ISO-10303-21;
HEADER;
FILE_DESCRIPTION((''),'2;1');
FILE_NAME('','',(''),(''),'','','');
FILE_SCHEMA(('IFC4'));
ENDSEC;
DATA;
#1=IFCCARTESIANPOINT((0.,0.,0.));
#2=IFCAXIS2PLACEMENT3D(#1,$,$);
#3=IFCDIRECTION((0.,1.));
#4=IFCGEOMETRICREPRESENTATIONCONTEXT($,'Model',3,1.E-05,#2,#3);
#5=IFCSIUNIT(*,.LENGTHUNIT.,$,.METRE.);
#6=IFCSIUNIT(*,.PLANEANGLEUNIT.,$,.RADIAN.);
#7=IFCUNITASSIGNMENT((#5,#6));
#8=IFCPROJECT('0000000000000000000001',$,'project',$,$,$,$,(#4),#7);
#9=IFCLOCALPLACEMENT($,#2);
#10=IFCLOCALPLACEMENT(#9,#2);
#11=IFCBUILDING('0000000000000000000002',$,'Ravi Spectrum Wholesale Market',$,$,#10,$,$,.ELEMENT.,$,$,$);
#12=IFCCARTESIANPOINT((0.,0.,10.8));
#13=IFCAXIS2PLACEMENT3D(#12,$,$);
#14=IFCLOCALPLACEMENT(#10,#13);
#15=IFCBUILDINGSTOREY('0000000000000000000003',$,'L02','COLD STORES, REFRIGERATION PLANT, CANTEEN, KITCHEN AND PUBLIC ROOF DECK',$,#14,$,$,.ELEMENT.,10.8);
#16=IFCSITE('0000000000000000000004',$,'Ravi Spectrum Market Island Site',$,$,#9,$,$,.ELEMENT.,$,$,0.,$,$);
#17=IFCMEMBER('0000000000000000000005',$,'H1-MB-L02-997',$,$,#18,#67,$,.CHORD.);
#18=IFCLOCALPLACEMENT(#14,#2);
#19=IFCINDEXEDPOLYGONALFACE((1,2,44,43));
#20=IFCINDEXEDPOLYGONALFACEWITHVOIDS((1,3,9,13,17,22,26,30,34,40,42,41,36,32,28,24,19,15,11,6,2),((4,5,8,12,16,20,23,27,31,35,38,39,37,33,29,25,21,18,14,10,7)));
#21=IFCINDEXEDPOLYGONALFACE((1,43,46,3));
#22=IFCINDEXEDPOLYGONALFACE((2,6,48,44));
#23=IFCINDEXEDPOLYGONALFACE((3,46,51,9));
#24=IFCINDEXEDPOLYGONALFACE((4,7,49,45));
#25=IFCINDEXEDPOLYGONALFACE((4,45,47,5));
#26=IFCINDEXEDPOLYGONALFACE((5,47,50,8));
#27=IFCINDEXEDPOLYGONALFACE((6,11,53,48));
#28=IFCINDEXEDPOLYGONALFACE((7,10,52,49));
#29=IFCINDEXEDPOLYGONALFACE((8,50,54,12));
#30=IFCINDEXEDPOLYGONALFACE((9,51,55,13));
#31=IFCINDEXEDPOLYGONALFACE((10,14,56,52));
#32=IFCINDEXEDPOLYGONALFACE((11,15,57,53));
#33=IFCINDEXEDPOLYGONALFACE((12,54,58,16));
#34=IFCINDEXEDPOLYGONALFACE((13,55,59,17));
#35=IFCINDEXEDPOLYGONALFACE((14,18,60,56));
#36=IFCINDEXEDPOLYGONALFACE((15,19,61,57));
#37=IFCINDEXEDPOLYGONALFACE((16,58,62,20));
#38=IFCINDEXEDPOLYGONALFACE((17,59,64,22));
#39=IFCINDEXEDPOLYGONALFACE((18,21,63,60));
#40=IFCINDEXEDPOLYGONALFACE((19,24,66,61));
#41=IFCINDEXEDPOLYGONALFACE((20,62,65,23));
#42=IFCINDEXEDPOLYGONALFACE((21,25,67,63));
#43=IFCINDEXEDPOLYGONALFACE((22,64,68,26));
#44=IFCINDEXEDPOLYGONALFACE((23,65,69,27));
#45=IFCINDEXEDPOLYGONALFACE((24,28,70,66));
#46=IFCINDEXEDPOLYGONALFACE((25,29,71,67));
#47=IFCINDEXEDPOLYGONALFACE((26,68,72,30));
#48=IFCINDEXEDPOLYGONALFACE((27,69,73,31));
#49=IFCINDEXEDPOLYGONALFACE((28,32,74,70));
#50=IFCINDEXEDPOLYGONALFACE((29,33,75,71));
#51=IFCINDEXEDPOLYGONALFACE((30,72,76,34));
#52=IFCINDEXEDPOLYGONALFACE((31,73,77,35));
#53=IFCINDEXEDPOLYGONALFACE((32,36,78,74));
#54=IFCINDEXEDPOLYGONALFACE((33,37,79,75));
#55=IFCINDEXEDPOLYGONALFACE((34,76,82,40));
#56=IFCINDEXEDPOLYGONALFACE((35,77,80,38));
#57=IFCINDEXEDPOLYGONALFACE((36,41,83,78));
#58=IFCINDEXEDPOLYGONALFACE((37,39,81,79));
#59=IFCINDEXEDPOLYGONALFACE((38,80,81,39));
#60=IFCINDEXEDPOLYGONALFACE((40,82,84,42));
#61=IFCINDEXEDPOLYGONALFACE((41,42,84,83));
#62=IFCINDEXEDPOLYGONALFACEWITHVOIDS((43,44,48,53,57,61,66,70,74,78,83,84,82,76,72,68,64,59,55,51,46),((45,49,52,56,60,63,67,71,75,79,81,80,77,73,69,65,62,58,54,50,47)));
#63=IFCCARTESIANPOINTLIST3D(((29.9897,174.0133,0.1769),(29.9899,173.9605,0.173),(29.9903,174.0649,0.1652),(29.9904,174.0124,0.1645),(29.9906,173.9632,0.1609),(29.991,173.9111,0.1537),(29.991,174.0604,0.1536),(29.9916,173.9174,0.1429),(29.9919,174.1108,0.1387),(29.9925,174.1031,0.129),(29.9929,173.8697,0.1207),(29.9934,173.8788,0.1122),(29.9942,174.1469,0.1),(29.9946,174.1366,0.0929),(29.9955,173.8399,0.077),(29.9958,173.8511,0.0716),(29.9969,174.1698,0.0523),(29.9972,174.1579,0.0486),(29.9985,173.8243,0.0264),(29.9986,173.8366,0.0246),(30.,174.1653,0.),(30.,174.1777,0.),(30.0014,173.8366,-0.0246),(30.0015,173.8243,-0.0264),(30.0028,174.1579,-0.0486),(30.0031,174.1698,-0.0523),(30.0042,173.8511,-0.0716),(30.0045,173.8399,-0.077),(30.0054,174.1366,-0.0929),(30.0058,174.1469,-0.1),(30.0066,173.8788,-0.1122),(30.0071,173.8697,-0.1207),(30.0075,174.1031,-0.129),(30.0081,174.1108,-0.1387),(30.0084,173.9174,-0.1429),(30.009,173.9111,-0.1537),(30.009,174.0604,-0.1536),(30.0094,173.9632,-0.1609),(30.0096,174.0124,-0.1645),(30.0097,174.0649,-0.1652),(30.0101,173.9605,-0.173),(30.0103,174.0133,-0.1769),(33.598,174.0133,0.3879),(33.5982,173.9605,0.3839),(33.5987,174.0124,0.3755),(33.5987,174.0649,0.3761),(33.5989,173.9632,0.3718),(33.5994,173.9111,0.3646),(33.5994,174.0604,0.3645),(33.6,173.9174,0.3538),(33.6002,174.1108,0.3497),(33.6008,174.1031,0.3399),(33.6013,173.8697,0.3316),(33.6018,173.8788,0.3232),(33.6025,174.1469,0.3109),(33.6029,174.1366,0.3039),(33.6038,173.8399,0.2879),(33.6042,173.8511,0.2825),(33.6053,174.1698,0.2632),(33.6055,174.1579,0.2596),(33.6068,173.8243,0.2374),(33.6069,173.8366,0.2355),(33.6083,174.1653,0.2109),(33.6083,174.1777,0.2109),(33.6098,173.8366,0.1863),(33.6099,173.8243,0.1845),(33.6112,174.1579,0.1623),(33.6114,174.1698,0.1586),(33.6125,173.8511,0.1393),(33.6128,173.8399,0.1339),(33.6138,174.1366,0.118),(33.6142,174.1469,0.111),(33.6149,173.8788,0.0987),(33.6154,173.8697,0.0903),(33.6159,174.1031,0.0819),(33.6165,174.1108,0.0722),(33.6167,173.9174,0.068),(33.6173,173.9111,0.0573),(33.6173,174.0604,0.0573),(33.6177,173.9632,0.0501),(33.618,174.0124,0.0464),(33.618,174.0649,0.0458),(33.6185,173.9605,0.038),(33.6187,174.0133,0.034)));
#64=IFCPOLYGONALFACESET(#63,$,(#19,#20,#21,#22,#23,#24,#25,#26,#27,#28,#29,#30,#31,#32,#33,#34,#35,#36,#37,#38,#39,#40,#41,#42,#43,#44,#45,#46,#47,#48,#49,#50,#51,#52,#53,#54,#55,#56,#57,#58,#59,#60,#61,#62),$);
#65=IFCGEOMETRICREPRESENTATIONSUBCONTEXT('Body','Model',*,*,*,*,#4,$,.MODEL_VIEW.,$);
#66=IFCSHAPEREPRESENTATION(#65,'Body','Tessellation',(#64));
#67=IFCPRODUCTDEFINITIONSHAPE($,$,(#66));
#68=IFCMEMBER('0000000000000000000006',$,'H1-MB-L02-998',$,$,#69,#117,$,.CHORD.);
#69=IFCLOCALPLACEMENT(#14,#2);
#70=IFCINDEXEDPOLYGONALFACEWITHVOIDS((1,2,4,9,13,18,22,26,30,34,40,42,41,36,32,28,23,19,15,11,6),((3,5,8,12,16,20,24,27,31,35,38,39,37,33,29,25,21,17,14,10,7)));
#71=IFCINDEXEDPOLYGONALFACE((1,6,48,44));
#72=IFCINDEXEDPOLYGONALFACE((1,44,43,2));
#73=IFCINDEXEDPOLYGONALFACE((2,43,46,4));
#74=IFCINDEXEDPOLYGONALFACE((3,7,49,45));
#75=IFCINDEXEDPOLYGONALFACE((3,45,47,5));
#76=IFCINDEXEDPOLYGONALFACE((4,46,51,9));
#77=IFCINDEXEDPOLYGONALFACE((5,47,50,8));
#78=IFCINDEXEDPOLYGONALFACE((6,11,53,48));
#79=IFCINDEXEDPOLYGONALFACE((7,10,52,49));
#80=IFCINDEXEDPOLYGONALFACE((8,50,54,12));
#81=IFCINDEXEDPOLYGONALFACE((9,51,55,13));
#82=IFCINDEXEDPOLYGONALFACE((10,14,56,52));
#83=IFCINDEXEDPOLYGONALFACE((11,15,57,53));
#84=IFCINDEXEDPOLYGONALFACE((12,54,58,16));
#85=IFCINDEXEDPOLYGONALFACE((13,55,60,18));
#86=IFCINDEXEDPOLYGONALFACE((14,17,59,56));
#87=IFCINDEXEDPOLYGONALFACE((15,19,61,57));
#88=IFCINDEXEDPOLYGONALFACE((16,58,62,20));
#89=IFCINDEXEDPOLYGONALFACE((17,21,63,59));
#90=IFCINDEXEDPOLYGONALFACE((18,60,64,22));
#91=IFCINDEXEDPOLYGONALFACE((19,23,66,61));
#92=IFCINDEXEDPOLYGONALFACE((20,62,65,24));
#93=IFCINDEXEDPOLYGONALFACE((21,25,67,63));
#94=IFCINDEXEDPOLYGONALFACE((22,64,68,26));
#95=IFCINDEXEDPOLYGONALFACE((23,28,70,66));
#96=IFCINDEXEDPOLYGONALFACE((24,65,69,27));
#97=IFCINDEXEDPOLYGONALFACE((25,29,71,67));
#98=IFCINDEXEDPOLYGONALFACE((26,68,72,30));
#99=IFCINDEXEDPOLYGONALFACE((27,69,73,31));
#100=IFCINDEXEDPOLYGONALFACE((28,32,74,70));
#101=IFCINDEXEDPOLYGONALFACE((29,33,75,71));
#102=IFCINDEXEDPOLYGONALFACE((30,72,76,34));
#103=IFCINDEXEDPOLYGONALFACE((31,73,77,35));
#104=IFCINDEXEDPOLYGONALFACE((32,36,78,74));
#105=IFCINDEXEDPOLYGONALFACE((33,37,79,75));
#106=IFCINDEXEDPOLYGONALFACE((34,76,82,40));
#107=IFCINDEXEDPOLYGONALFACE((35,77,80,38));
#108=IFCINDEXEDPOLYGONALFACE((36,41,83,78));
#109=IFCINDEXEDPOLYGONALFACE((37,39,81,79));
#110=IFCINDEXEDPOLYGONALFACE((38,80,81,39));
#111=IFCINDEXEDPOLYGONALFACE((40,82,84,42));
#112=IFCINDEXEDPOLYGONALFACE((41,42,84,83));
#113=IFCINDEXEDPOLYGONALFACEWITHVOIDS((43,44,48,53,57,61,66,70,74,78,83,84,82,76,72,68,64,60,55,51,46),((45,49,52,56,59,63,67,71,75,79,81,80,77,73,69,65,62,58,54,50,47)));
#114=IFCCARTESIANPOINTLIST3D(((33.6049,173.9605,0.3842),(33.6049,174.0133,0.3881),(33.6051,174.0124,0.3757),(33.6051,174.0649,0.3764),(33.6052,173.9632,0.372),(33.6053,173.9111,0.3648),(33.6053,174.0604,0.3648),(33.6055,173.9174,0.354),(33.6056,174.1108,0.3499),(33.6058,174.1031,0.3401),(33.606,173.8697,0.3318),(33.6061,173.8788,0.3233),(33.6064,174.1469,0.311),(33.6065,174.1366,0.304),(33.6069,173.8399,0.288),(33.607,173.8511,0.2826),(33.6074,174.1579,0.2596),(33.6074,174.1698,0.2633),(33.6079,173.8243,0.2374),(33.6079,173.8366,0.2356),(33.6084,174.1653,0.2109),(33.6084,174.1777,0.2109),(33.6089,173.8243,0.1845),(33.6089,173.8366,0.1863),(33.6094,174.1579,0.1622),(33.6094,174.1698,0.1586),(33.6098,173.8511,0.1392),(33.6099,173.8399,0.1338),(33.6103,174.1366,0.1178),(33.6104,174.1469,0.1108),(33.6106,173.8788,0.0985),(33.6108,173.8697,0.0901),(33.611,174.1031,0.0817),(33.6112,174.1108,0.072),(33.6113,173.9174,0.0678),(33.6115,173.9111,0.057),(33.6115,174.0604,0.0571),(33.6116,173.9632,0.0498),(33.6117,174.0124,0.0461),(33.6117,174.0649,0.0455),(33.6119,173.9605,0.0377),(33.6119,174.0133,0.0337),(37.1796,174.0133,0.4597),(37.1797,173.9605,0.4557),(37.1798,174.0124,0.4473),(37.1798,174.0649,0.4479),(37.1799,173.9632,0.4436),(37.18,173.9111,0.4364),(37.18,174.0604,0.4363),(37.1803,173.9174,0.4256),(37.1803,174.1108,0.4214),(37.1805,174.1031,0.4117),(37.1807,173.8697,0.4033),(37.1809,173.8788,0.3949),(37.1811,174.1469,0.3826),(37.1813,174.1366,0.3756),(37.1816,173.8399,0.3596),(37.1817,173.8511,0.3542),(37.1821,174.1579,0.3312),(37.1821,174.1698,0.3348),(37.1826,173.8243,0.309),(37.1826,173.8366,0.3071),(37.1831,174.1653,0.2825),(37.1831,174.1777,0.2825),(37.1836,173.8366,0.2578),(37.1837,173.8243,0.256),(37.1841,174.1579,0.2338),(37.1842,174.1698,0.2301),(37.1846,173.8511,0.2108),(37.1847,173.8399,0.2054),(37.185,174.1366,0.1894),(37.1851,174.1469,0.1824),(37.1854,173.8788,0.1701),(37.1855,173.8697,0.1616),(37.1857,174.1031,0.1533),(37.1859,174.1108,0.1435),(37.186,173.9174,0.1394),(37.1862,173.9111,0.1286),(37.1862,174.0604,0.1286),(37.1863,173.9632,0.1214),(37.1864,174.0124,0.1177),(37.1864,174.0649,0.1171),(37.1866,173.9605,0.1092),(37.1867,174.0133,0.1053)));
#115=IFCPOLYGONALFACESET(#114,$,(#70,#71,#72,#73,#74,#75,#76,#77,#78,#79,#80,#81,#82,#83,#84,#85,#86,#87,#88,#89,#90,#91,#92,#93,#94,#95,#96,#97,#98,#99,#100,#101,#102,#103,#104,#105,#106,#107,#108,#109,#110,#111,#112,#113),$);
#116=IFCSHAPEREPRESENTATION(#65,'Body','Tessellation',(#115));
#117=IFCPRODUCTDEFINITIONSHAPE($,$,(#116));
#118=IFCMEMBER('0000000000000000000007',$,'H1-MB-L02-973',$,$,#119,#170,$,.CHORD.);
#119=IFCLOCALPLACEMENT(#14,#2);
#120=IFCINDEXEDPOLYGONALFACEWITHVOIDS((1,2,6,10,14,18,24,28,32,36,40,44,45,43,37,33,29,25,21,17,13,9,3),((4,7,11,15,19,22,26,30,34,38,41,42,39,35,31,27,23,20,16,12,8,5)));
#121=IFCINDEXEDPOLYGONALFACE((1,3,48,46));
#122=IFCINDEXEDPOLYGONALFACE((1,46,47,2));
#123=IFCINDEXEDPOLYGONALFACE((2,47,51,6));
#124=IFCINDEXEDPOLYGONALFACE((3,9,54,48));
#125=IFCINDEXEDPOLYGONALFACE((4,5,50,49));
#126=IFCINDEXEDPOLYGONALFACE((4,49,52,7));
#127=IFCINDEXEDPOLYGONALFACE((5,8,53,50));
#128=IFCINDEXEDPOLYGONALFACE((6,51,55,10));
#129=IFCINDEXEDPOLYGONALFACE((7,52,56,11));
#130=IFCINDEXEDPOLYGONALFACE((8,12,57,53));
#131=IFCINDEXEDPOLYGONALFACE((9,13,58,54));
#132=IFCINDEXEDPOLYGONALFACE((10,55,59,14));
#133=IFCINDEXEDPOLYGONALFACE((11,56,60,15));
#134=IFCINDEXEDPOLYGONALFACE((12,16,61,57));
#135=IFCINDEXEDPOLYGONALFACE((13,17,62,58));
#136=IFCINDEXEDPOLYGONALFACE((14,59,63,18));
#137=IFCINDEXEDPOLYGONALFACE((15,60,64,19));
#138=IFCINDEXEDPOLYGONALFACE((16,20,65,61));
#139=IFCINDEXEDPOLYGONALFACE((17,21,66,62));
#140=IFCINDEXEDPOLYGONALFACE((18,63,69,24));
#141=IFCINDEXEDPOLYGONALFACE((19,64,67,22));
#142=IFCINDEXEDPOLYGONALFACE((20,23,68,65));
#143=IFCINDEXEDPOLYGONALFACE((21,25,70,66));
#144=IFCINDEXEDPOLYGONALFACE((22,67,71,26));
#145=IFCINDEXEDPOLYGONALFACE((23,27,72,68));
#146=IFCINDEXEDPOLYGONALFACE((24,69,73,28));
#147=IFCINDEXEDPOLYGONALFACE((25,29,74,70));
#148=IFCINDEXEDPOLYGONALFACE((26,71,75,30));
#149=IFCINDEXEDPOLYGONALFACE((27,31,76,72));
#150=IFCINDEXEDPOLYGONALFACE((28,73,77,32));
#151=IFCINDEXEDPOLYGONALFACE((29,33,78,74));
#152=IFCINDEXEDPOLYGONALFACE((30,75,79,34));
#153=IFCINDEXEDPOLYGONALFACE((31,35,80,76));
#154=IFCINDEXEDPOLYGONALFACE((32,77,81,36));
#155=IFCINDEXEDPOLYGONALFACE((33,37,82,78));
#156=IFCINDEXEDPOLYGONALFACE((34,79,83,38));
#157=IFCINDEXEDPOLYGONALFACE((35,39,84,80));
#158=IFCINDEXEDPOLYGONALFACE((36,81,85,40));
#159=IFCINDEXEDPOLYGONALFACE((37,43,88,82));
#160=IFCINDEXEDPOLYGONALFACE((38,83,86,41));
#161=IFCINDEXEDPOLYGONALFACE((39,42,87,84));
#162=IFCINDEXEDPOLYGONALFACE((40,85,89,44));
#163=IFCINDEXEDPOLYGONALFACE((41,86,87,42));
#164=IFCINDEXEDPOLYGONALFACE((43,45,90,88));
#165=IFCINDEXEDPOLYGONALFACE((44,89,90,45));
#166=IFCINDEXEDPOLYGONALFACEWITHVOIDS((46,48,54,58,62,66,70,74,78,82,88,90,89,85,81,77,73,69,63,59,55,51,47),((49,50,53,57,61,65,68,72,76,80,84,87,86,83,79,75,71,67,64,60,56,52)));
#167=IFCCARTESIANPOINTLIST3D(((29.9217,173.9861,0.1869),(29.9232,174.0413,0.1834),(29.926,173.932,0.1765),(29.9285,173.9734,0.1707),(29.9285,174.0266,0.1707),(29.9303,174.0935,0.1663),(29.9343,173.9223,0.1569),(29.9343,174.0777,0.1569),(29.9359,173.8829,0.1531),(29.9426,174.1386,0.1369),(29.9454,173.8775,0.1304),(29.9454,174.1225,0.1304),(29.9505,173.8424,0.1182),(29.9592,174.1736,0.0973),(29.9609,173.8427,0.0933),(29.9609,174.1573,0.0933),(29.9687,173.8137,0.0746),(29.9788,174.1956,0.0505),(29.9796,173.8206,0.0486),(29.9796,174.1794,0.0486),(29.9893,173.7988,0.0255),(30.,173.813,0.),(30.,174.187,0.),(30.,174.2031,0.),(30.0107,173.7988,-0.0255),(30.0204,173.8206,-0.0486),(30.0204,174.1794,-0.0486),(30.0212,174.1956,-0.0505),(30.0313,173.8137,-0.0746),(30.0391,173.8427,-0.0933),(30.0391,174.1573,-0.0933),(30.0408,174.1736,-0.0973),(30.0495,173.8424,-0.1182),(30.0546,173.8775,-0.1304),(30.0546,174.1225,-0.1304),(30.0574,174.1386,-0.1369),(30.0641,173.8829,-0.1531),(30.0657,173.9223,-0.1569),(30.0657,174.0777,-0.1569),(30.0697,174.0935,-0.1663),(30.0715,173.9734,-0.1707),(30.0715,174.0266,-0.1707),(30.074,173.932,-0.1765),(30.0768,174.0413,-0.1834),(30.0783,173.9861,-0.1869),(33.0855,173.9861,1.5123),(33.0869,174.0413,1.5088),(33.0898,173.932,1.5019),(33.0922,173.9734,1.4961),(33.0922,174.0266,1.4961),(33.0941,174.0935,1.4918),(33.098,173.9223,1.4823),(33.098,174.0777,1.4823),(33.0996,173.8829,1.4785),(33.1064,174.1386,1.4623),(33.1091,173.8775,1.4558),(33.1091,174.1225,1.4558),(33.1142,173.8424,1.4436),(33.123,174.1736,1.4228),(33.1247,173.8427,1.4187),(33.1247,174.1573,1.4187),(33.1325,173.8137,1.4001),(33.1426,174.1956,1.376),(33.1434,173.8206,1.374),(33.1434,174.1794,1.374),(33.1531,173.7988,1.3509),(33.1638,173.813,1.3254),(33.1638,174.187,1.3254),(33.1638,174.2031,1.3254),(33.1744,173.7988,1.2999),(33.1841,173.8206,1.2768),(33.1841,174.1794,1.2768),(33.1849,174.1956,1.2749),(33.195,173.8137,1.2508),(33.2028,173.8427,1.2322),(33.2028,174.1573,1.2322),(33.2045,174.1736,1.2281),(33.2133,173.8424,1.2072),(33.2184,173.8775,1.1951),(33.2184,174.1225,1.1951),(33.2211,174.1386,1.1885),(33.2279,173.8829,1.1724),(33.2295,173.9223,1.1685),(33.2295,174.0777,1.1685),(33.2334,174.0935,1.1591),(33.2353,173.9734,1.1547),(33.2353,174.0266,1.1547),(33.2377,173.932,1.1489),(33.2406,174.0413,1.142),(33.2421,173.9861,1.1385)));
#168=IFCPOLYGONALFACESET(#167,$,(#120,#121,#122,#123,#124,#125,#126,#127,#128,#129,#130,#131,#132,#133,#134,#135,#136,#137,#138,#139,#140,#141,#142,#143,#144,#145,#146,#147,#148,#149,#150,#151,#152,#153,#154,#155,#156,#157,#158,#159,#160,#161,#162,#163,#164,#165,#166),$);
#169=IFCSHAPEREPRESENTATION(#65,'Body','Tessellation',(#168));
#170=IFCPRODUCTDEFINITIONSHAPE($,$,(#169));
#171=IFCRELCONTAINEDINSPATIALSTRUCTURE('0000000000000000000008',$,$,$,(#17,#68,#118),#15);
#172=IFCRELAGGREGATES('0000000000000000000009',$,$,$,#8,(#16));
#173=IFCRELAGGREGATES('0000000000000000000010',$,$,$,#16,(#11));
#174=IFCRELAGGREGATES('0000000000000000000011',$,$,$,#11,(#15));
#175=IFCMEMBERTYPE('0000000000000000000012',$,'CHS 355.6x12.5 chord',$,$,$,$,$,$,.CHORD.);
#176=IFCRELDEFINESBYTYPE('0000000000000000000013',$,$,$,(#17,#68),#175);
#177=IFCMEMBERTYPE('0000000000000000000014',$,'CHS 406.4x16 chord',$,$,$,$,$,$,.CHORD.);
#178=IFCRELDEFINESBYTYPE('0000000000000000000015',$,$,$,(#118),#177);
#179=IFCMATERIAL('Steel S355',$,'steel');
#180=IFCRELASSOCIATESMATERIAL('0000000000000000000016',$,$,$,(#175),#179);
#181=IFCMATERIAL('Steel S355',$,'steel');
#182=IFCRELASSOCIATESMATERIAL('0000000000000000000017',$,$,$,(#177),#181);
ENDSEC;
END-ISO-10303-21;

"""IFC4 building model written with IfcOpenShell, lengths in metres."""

from ifc_helpers import new_model, si_unit, direction, frame, origin, origin_2d, place, context, subcontext, project, spatial, hollow_circle, extrude, material, material_profile, profile_set, type_object, element, save


model = new_model("IFC4")

# Units and contexts
model_context = context("Model", 3, precision=1e-05, world=origin(), true_north=direction((0.0, 1.0)))
body_context = subcontext(model_context, "Body", "Model", "MODEL_VIEW")
ifc_project = project(units=[si_unit("LENGTHUNIT", "METRE"), si_unit("PLANEANGLEUNIT", "RADIAN")], contexts=[model_context])

# Site, building, storey
site_placement = place(None, origin())
site = spatial("IfcSite", under=ifc_project, at=site_placement, Name="Ravi Spectrum Market Island Site", CompositionType="ELEMENT", RefElevation=0.0)
building_placement = place(site_placement, origin())
building = spatial("IfcBuilding", under=site, at=building_placement, Name="Ravi Spectrum Wholesale Market", CompositionType="ELEMENT")
storey_placement = place(building_placement, frame((0.0, 0.0, 10.8)))
storey = spatial("IfcBuildingStorey", under=building, at=storey_placement, Name="L02", Description="COLD STORES, REFRIGERATION PLANT, CANTEEN, KITCHEN AND PUBLIC ROOF DECK", CompositionType="ELEMENT", Elevation=10.8)

# Members
ifc_material_1 = material(Name="Steel S355", Category="steel")
ifc_material_profile_1 = material_profile(ifc_material_1, hollow_circle(Radius=0.1777, WallThickness=0.0125, at=origin_2d()))
ifc_profile_set_1 = profile_set([ifc_material_profile_1], Name="Steel S355")
member_type_1 = type_object("IfcMemberType", Name="CHS 355.6x12.5 chord", PredefinedType="CHORD", material=ifc_profile_set_1)
member_1_placement = place(storey_placement, frame((30.0, 174.0, 0.0), z_axis=(0.998296, 0.0, 0.058358), x_axis=(0.0, 1.0, 0.0)))
element("IfcMember", 1, at=member_1_placement, inside=storey, type_object=member_type_1, Name="H1-MB-L02-997", PredefinedType="CHORD", context=body_context, shape_type="SweptSolid", body=[
    extrude(hollow_circle(Radius=0.1777, WallThickness=0.0125, at=origin_2d()), origin(), (0.0, 0.0, 1.0), 3.6145),
])
member_2_placement = place(storey_placement, frame((33.6084, 174.0, 0.2109), z_axis=(0.9998, 0.0, 0.020007), x_axis=(0.0, 1.0, 0.0)))
element("IfcMember", 2, at=member_2_placement, inside=storey, type_object=member_type_1, Name="H1-MB-L02-998", PredefinedType="CHORD", context=body_context, shape_type="SweptSolid", body=[
    extrude(hollow_circle(Radius=0.1777, WallThickness=0.0125, at=origin_2d()), origin(), (0.0, 0.0, 1.0), 3.5754),
])
ifc_material_2 = material(Name="Steel S355", Category="steel")
ifc_material_profile_2 = material_profile(ifc_material_2, hollow_circle(Radius=0.2031, WallThickness=0.0161, at=origin_2d()))
ifc_profile_set_2 = profile_set([ifc_material_profile_2], Name="Steel S355")
member_type_2 = type_object("IfcMemberType", Name="CHS 406.4x16 chord", PredefinedType="CHORD", material=ifc_profile_set_2)
member_3_placement = place(storey_placement, frame((30.0, 174.0, 0.0), z_axis=(0.922332, 0.0, 0.386399), x_axis=(0.0, 1.0, 0.0)))
element("IfcMember", 3, at=member_3_placement, inside=storey, type_object=member_type_2, Name="H1-MB-L02-973", PredefinedType="CHORD", context=body_context, shape_type="SweptSolid", body=[
    extrude(hollow_circle(Radius=0.2031, WallThickness=0.0161, at=origin_2d()), origin(), (0.0, 0.0, 1.0), 3.4302),
])

save(model, "model.ifc")
